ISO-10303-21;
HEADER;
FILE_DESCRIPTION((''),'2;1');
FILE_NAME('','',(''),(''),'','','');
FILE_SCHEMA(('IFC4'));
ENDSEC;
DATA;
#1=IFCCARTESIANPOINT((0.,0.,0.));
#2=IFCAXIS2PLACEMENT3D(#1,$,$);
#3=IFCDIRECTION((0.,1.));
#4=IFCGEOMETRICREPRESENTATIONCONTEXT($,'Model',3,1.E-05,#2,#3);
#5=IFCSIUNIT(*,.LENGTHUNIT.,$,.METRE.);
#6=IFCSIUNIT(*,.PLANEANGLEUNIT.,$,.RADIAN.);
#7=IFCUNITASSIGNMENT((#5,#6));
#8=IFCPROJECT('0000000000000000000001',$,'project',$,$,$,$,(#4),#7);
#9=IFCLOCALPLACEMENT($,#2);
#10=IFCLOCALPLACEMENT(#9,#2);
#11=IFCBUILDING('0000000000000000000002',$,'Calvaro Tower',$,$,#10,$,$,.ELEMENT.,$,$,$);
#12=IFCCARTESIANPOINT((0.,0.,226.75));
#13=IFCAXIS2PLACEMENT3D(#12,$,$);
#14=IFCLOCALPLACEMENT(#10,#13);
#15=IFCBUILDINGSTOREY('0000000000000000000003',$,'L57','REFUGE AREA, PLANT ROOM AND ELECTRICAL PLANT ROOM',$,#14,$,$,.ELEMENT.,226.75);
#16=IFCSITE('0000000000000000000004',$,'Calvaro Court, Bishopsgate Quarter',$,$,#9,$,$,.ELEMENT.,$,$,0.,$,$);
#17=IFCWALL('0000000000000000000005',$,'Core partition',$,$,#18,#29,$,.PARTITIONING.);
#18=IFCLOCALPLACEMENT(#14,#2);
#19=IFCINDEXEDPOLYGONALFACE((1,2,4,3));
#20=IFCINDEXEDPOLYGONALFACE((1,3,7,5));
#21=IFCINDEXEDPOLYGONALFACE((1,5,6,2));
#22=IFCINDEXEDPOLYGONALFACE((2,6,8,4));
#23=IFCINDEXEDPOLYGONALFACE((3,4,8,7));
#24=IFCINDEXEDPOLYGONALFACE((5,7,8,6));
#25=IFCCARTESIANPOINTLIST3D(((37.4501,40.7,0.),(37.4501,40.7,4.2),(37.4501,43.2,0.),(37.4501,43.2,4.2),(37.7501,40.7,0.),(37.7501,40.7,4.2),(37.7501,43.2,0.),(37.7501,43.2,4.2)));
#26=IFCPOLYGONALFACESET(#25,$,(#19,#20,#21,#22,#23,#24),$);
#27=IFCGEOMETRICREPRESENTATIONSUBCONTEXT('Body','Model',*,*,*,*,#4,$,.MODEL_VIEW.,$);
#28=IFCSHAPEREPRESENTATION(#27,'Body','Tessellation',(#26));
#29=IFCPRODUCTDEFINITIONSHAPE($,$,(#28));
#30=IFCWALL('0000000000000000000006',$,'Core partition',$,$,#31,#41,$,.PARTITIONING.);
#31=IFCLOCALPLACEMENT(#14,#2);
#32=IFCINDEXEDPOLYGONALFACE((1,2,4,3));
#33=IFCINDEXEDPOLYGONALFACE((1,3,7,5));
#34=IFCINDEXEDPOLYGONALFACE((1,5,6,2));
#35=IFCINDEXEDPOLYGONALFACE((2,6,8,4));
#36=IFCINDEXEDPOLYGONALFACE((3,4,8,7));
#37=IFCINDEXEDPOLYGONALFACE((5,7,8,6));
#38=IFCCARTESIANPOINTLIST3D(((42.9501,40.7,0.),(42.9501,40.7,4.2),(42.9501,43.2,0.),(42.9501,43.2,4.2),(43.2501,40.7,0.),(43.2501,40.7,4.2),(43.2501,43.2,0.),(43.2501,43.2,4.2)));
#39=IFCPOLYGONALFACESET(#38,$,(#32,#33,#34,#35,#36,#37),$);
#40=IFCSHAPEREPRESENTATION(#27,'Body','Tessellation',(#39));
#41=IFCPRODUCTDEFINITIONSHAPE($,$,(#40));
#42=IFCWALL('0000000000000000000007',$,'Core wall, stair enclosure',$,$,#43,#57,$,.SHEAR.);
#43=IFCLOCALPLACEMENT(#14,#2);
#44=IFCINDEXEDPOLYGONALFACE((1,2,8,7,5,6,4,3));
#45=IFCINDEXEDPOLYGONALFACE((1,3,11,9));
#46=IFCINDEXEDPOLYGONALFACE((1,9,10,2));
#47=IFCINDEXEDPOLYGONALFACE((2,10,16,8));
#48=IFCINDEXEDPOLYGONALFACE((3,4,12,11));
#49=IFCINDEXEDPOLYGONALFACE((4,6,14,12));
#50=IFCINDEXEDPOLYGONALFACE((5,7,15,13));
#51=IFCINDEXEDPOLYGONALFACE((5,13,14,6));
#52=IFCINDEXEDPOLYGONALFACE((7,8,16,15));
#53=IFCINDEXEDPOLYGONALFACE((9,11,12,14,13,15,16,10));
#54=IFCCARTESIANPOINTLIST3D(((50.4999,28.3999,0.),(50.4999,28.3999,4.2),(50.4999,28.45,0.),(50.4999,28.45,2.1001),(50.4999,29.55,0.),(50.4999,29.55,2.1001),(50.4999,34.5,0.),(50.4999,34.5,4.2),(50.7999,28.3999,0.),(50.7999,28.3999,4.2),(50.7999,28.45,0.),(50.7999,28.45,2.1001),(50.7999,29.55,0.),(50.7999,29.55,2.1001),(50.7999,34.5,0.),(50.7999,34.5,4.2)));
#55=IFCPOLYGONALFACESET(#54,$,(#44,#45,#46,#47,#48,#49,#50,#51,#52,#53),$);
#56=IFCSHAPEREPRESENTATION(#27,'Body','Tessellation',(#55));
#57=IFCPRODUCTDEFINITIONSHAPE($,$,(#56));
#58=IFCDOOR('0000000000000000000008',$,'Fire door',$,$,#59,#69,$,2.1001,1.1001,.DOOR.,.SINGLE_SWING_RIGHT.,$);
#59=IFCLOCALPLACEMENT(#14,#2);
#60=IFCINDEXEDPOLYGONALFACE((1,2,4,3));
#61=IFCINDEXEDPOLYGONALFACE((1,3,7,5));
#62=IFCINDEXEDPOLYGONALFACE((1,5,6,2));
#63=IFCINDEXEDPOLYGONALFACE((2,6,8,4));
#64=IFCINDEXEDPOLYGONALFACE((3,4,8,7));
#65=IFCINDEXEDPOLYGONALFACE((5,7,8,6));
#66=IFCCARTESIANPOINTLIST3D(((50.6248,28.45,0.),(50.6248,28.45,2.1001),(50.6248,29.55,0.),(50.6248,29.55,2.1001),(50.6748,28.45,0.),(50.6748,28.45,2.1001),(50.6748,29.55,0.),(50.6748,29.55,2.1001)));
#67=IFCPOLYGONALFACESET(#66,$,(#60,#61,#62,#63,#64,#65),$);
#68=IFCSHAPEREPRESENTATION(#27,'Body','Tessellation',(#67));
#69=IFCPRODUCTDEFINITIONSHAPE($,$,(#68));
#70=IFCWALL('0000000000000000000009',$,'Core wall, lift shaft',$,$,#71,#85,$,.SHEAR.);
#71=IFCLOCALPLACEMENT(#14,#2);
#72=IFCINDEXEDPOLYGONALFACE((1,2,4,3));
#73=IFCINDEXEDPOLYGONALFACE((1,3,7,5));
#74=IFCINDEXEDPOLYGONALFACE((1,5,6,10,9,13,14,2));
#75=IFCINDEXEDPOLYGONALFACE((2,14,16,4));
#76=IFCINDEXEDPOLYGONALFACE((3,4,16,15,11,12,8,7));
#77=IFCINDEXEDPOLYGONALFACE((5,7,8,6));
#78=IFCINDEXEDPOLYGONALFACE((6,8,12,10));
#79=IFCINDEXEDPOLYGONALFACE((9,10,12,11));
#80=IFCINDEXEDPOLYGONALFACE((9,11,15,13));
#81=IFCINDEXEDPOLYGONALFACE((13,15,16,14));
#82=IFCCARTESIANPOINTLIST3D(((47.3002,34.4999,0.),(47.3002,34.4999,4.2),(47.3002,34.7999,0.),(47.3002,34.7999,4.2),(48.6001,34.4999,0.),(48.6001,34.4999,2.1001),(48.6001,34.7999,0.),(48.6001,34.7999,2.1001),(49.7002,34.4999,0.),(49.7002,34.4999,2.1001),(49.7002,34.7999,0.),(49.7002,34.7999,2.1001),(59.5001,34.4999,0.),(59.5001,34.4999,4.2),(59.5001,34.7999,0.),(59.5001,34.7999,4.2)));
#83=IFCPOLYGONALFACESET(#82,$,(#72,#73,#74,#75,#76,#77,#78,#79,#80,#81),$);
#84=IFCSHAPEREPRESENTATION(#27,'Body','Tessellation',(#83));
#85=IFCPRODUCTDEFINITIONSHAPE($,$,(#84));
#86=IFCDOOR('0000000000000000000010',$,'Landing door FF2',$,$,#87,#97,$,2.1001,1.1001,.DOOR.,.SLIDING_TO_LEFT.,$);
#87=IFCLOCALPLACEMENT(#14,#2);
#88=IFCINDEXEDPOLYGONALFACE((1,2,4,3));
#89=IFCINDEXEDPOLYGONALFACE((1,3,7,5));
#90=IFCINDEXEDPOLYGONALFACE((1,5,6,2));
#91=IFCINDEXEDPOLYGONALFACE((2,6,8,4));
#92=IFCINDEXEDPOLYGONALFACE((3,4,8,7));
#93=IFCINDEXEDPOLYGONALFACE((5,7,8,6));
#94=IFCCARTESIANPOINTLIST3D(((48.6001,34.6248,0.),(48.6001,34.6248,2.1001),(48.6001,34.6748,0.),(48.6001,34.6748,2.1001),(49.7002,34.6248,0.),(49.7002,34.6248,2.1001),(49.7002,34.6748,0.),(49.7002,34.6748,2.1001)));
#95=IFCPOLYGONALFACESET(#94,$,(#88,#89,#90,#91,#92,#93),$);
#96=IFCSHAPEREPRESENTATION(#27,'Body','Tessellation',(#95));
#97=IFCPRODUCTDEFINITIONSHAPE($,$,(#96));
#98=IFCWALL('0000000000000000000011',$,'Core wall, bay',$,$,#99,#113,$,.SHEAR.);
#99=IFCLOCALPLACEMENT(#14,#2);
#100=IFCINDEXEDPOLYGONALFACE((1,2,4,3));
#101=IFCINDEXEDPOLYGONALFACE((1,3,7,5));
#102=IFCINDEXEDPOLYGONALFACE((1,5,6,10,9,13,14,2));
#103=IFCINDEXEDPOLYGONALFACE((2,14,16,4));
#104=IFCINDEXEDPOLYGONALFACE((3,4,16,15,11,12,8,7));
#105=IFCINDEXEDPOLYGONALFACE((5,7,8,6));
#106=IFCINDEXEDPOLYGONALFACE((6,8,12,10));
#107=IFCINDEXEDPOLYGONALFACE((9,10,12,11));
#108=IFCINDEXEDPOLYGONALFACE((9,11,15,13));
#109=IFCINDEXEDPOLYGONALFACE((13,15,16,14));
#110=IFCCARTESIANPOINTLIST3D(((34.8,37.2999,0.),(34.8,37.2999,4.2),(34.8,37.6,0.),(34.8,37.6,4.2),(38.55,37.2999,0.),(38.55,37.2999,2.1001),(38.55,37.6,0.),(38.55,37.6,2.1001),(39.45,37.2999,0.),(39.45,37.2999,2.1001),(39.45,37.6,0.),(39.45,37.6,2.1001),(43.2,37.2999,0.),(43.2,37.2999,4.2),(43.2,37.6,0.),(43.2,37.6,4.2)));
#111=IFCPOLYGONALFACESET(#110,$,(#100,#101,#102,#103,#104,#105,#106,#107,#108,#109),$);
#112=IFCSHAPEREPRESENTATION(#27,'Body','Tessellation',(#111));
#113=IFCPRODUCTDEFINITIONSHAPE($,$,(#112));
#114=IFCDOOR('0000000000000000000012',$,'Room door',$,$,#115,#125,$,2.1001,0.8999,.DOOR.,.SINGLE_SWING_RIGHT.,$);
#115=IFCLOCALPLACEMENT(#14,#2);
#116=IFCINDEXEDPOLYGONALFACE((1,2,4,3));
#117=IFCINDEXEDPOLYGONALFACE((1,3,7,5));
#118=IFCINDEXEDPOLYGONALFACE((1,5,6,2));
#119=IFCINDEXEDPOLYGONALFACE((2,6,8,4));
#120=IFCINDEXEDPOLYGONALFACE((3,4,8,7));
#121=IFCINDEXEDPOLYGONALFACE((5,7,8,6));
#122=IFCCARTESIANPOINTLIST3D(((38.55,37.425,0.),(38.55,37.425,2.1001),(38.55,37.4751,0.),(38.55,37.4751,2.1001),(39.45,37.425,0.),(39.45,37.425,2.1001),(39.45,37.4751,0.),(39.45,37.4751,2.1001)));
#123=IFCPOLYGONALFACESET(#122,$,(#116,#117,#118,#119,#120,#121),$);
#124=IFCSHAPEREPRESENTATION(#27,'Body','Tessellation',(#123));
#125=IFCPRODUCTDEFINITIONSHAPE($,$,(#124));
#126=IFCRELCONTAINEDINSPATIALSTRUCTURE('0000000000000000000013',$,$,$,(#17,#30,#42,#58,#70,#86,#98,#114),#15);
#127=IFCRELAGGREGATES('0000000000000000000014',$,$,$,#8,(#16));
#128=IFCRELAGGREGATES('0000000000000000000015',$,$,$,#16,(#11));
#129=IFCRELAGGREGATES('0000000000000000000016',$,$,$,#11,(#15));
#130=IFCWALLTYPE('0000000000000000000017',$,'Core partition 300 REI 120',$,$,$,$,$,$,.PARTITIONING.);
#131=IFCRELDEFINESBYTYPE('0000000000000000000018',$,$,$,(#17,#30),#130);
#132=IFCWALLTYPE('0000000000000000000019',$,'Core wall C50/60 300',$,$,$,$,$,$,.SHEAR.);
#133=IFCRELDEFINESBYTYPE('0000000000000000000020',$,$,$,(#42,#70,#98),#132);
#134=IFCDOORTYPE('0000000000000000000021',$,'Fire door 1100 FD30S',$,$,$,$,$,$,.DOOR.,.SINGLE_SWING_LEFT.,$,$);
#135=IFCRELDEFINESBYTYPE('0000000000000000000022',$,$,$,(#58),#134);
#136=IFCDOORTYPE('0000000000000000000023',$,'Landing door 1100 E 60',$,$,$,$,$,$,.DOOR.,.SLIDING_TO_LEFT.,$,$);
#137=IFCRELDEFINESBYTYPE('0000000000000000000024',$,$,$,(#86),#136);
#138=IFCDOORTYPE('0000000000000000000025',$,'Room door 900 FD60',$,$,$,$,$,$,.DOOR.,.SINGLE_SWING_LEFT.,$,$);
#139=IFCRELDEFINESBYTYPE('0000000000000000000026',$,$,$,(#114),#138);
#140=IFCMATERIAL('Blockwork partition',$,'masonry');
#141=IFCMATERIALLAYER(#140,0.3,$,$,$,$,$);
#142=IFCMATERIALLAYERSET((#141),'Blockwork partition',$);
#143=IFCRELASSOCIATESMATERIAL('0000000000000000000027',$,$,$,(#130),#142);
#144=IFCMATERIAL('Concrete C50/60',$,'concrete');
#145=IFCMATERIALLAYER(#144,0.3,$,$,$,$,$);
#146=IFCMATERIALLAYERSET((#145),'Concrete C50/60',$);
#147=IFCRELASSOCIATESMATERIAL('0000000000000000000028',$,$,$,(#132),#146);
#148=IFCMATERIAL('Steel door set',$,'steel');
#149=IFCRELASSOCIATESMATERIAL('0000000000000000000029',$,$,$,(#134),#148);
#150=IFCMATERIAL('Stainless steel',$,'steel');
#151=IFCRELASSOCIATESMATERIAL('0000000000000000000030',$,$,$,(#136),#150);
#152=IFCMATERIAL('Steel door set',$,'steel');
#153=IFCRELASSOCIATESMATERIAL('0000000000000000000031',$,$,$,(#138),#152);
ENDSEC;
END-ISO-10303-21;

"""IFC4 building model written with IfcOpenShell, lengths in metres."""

from ifc_helpers import new_model, si_unit, direction, frame, frame_2d, origin, place, context, subcontext, project, spatial, rectangle, extrude, material, layer, layer_set, type_object, element, fill, save


model = new_model("IFC4")

# Units and contexts
model_context = context("Model", 3, precision=1e-05, world=origin(), true_north=direction((0.0, 1.0)))
body_context = subcontext(model_context, "Body", "Model", "MODEL_VIEW")
ifc_project = project(units=[si_unit("LENGTHUNIT", "METRE"), si_unit("PLANEANGLEUNIT", "RADIAN")], contexts=[model_context])

# Site, building, storey
site_placement = place(None, origin())
site = spatial("IfcSite", under=ifc_project, at=site_placement, Name="Calvaro Court, Bishopsgate Quarter", CompositionType="ELEMENT", RefElevation=0.0)
building_placement = place(site_placement, origin())
building = spatial("IfcBuilding", under=site, at=building_placement, Name="Calvaro Tower", CompositionType="ELEMENT")
storey_placement = place(building_placement, frame((0.0, 0.0, 226.75)))
storey = spatial("IfcBuildingStorey", under=building, at=storey_placement, Name="L57", Description="REFUGE AREA, PLANT ROOM AND ELECTRICAL PLANT ROOM", CompositionType="ELEMENT", Elevation=226.75)

# Walls
ifc_material_1 = material(Name="Blockwork partition", Category="masonry")
ifc_layer_1 = layer(ifc_material_1, 0.3)
ifc_layer_set_1 = layer_set([ifc_layer_1], Name="Blockwork partition")
wall_type_1 = type_object("IfcWallType", Name="Core partition 300 REI 120", PredefinedType="PARTITIONING", material=ifc_layer_set_1)
for number, where, z_axis, x_axis, name in (
    (1, (37.6001, 40.7, 0.0), (0.0, 0.0, 1.0), (0.0, 1.0, 0.0), "Core partition"),
    (2, (43.1001, 40.7, 0.0), (0.0, 0.0, 1.0), (0.0, 1.0, 0.0), "Core partition"),
):
    element("IfcWall", number, at=place(storey_placement, frame(where, z_axis=z_axis, x_axis=x_axis)), inside=storey, type_object=wall_type_1, Name=name, PredefinedType="PARTITIONING", context=body_context, shape_type="SweptSolid", body=[
        extrude(rectangle(XDim=2.5, YDim=0.3, at=frame_2d((1.25, 0.0))), origin(), (0.0, 0.0, 1.0), 4.2),
    ])

# Walls, openings, doors
ifc_material_2 = material(Name="Concrete C50/60", Category="concrete")
ifc_layer_2 = layer(ifc_material_2, 0.3)
ifc_layer_set_2 = layer_set([ifc_layer_2], Name="Concrete C50/60")
wall_type_2 = type_object("IfcWallType", Name="Core wall C50/60 300", PredefinedType="SHEAR", material=ifc_layer_set_2)
wall_1_placement = place(storey_placement, frame((50.6499, 34.5, 0.0), z_axis=(0.0, 0.0, 1.0), x_axis=(0.0, -1.0, 0.0)))
wall_1 = element("IfcWall", 3, at=wall_1_placement, inside=storey, type_object=wall_type_2, Name="Core wall, stair enclosure", PredefinedType="SHEAR", context=body_context, shape_type="SweptSolid", body=[
    extrude(rectangle(XDim=6.1001, YDim=0.3, at=frame_2d((3.05, 0.0))), origin(), (0.0, 0.0, 1.0), 4.2),
])
opening_1_placement = place(wall_1_placement, frame((4.95, 0.0, 0.0)))
opening_1 = element("IfcOpeningElement", 4, at=opening_1_placement, cuts=wall_1, PredefinedType="OPENING", context=body_context, shape_type="SweptSolid", body=[
    extrude(rectangle(XDim=1.1001, YDim=2.1001, at=frame_2d((0.55, 1.05))), frame((0.0, 0.1599, 0.0), z_axis=(0.0, -1.0, 0.0), x_axis=(1.0, 0.0, 0.0)), (0.0, 0.0, 1.0), 0.3201),
])
ifc_material_3 = material(Name="Steel door set", Category="steel")
door_type_1 = type_object("IfcDoorType", Name="Fire door 1100 FD30S", OperationType="SINGLE_SWING_LEFT", PredefinedType="DOOR", material=ifc_material_3)
door_1_placement = place(opening_1_placement, origin())
door_1 = element("IfcDoor", 5, at=door_1_placement, inside=storey, type_object=door_type_1, Name="Fire door", OperationType="SINGLE_SWING_RIGHT", OverallHeight=2.1001, OverallWidth=1.1001, PredefinedType="DOOR", context=body_context, shape_type="SweptSolid", body=[
    extrude(rectangle(XDim=1.1001, YDim=2.1001, at=frame_2d((0.55, 1.05))), frame((0.0, 0.0249, 0.0), z_axis=(0.0, -1.0, 0.0), x_axis=(1.0, 0.0, 0.0)), (0.0, 0.0, 1.0), 0.05),
])
fill(opening_1, door_1)
wall_2_placement = place(storey_placement, frame((47.3, 34.6499, 0.0), z_axis=(0.0, 0.0, 1.0), x_axis=(1.0, 0.0, 0.0)))
wall_2 = element("IfcWall", 6, at=wall_2_placement, inside=storey, type_object=wall_type_2, Name="Core wall, lift shaft", PredefinedType="SHEAR", context=body_context, shape_type="SweptSolid", body=[
    extrude(rectangle(XDim=12.2, YDim=0.3, at=frame_2d((6.1001, 0.0))), origin(), (0.0, 0.0, 1.0), 4.2),
])
opening_2_placement = place(wall_2_placement, frame((1.3, 0.0, 0.0)))
opening_2 = element("IfcOpeningElement", 7, at=opening_2_placement, cuts=wall_2, PredefinedType="OPENING", context=body_context, shape_type="SweptSolid", body=[
    extrude(rectangle(XDim=1.1001, YDim=2.1001, at=frame_2d((0.55, 1.05))), frame((0.0, 0.1599, 0.0), z_axis=(0.0, -1.0, 0.0), x_axis=(1.0, 0.0, 0.0)), (0.0, 0.0, 1.0), 0.3201),
])
ifc_material_4 = material(Name="Stainless steel", Category="steel")
door_type_2 = type_object("IfcDoorType", Name="Landing door 1100 E 60", OperationType="SLIDING_TO_LEFT", PredefinedType="DOOR", material=ifc_material_4)
door_2_placement = place(opening_2_placement, origin())
door_2 = element("IfcDoor", 8, at=door_2_placement, inside=storey, type_object=door_type_2, Name="Landing door FF2", OperationType="SLIDING_TO_LEFT", OverallHeight=2.1001, OverallWidth=1.1001, PredefinedType="DOOR", context=body_context, shape_type="SweptSolid", body=[
    extrude(rectangle(XDim=1.1001, YDim=2.1001, at=frame_2d((0.55, 1.05))), frame((0.0, 0.0249, 0.0), z_axis=(0.0, -1.0, 0.0), x_axis=(1.0, 0.0, 0.0)), (0.0, 0.0, 1.0), 0.05),
])
fill(opening_2, door_2)
wall_3_placement = place(storey_placement, frame((43.2, 37.45, 0.0), z_axis=(0.0, 0.0, 1.0), x_axis=(-1.0, 0.0, 0.0)))
wall_3 = element("IfcWall", 9, at=wall_3_placement, inside=storey, type_object=wall_type_2, Name="Core wall, bay", PredefinedType="SHEAR", context=body_context, shape_type="SweptSolid", body=[
    extrude(rectangle(XDim=8.3999, YDim=0.3, at=frame_2d((4.2, 0.0))), origin(), (0.0, 0.0, 1.0), 4.2),
])
opening_3_placement = place(wall_3_placement, frame((3.75, 0.0, 0.0)))
opening_3 = element("IfcOpeningElement", 10, at=opening_3_placement, cuts=wall_3, PredefinedType="OPENING", context=body_context, shape_type="SweptSolid", body=[
    extrude(rectangle(XDim=0.8999, YDim=2.1001, at=frame_2d((0.45, 1.05))), frame((0.0, 0.1599, 0.0), z_axis=(0.0, -1.0, 0.0), x_axis=(1.0, 0.0, 0.0)), (0.0, 0.0, 1.0), 0.3201),
])
ifc_material_5 = material(Name="Steel door set", Category="steel")
door_type_3 = type_object("IfcDoorType", Name="Room door 900 FD60", OperationType="SINGLE_SWING_LEFT", PredefinedType="DOOR", material=ifc_material_5)
door_3_placement = place(opening_3_placement, origin())
door_3 = element("IfcDoor", 11, at=door_3_placement, inside=storey, type_object=door_type_3, Name="Room door", OperationType="SINGLE_SWING_RIGHT", OverallHeight=2.1001, OverallWidth=0.8999, PredefinedType="DOOR", context=body_context, shape_type="SweptSolid", body=[
    extrude(rectangle(XDim=0.8999, YDim=2.1001, at=frame_2d((0.45, 1.05))), frame((0.0, 0.0249, 0.0), z_axis=(0.0, -1.0, 0.0), x_axis=(1.0, 0.0, 0.0)), (0.0, 0.0, 1.0), 0.05),
])
fill(opening_3, door_3)

save(model, "model.ifc")
